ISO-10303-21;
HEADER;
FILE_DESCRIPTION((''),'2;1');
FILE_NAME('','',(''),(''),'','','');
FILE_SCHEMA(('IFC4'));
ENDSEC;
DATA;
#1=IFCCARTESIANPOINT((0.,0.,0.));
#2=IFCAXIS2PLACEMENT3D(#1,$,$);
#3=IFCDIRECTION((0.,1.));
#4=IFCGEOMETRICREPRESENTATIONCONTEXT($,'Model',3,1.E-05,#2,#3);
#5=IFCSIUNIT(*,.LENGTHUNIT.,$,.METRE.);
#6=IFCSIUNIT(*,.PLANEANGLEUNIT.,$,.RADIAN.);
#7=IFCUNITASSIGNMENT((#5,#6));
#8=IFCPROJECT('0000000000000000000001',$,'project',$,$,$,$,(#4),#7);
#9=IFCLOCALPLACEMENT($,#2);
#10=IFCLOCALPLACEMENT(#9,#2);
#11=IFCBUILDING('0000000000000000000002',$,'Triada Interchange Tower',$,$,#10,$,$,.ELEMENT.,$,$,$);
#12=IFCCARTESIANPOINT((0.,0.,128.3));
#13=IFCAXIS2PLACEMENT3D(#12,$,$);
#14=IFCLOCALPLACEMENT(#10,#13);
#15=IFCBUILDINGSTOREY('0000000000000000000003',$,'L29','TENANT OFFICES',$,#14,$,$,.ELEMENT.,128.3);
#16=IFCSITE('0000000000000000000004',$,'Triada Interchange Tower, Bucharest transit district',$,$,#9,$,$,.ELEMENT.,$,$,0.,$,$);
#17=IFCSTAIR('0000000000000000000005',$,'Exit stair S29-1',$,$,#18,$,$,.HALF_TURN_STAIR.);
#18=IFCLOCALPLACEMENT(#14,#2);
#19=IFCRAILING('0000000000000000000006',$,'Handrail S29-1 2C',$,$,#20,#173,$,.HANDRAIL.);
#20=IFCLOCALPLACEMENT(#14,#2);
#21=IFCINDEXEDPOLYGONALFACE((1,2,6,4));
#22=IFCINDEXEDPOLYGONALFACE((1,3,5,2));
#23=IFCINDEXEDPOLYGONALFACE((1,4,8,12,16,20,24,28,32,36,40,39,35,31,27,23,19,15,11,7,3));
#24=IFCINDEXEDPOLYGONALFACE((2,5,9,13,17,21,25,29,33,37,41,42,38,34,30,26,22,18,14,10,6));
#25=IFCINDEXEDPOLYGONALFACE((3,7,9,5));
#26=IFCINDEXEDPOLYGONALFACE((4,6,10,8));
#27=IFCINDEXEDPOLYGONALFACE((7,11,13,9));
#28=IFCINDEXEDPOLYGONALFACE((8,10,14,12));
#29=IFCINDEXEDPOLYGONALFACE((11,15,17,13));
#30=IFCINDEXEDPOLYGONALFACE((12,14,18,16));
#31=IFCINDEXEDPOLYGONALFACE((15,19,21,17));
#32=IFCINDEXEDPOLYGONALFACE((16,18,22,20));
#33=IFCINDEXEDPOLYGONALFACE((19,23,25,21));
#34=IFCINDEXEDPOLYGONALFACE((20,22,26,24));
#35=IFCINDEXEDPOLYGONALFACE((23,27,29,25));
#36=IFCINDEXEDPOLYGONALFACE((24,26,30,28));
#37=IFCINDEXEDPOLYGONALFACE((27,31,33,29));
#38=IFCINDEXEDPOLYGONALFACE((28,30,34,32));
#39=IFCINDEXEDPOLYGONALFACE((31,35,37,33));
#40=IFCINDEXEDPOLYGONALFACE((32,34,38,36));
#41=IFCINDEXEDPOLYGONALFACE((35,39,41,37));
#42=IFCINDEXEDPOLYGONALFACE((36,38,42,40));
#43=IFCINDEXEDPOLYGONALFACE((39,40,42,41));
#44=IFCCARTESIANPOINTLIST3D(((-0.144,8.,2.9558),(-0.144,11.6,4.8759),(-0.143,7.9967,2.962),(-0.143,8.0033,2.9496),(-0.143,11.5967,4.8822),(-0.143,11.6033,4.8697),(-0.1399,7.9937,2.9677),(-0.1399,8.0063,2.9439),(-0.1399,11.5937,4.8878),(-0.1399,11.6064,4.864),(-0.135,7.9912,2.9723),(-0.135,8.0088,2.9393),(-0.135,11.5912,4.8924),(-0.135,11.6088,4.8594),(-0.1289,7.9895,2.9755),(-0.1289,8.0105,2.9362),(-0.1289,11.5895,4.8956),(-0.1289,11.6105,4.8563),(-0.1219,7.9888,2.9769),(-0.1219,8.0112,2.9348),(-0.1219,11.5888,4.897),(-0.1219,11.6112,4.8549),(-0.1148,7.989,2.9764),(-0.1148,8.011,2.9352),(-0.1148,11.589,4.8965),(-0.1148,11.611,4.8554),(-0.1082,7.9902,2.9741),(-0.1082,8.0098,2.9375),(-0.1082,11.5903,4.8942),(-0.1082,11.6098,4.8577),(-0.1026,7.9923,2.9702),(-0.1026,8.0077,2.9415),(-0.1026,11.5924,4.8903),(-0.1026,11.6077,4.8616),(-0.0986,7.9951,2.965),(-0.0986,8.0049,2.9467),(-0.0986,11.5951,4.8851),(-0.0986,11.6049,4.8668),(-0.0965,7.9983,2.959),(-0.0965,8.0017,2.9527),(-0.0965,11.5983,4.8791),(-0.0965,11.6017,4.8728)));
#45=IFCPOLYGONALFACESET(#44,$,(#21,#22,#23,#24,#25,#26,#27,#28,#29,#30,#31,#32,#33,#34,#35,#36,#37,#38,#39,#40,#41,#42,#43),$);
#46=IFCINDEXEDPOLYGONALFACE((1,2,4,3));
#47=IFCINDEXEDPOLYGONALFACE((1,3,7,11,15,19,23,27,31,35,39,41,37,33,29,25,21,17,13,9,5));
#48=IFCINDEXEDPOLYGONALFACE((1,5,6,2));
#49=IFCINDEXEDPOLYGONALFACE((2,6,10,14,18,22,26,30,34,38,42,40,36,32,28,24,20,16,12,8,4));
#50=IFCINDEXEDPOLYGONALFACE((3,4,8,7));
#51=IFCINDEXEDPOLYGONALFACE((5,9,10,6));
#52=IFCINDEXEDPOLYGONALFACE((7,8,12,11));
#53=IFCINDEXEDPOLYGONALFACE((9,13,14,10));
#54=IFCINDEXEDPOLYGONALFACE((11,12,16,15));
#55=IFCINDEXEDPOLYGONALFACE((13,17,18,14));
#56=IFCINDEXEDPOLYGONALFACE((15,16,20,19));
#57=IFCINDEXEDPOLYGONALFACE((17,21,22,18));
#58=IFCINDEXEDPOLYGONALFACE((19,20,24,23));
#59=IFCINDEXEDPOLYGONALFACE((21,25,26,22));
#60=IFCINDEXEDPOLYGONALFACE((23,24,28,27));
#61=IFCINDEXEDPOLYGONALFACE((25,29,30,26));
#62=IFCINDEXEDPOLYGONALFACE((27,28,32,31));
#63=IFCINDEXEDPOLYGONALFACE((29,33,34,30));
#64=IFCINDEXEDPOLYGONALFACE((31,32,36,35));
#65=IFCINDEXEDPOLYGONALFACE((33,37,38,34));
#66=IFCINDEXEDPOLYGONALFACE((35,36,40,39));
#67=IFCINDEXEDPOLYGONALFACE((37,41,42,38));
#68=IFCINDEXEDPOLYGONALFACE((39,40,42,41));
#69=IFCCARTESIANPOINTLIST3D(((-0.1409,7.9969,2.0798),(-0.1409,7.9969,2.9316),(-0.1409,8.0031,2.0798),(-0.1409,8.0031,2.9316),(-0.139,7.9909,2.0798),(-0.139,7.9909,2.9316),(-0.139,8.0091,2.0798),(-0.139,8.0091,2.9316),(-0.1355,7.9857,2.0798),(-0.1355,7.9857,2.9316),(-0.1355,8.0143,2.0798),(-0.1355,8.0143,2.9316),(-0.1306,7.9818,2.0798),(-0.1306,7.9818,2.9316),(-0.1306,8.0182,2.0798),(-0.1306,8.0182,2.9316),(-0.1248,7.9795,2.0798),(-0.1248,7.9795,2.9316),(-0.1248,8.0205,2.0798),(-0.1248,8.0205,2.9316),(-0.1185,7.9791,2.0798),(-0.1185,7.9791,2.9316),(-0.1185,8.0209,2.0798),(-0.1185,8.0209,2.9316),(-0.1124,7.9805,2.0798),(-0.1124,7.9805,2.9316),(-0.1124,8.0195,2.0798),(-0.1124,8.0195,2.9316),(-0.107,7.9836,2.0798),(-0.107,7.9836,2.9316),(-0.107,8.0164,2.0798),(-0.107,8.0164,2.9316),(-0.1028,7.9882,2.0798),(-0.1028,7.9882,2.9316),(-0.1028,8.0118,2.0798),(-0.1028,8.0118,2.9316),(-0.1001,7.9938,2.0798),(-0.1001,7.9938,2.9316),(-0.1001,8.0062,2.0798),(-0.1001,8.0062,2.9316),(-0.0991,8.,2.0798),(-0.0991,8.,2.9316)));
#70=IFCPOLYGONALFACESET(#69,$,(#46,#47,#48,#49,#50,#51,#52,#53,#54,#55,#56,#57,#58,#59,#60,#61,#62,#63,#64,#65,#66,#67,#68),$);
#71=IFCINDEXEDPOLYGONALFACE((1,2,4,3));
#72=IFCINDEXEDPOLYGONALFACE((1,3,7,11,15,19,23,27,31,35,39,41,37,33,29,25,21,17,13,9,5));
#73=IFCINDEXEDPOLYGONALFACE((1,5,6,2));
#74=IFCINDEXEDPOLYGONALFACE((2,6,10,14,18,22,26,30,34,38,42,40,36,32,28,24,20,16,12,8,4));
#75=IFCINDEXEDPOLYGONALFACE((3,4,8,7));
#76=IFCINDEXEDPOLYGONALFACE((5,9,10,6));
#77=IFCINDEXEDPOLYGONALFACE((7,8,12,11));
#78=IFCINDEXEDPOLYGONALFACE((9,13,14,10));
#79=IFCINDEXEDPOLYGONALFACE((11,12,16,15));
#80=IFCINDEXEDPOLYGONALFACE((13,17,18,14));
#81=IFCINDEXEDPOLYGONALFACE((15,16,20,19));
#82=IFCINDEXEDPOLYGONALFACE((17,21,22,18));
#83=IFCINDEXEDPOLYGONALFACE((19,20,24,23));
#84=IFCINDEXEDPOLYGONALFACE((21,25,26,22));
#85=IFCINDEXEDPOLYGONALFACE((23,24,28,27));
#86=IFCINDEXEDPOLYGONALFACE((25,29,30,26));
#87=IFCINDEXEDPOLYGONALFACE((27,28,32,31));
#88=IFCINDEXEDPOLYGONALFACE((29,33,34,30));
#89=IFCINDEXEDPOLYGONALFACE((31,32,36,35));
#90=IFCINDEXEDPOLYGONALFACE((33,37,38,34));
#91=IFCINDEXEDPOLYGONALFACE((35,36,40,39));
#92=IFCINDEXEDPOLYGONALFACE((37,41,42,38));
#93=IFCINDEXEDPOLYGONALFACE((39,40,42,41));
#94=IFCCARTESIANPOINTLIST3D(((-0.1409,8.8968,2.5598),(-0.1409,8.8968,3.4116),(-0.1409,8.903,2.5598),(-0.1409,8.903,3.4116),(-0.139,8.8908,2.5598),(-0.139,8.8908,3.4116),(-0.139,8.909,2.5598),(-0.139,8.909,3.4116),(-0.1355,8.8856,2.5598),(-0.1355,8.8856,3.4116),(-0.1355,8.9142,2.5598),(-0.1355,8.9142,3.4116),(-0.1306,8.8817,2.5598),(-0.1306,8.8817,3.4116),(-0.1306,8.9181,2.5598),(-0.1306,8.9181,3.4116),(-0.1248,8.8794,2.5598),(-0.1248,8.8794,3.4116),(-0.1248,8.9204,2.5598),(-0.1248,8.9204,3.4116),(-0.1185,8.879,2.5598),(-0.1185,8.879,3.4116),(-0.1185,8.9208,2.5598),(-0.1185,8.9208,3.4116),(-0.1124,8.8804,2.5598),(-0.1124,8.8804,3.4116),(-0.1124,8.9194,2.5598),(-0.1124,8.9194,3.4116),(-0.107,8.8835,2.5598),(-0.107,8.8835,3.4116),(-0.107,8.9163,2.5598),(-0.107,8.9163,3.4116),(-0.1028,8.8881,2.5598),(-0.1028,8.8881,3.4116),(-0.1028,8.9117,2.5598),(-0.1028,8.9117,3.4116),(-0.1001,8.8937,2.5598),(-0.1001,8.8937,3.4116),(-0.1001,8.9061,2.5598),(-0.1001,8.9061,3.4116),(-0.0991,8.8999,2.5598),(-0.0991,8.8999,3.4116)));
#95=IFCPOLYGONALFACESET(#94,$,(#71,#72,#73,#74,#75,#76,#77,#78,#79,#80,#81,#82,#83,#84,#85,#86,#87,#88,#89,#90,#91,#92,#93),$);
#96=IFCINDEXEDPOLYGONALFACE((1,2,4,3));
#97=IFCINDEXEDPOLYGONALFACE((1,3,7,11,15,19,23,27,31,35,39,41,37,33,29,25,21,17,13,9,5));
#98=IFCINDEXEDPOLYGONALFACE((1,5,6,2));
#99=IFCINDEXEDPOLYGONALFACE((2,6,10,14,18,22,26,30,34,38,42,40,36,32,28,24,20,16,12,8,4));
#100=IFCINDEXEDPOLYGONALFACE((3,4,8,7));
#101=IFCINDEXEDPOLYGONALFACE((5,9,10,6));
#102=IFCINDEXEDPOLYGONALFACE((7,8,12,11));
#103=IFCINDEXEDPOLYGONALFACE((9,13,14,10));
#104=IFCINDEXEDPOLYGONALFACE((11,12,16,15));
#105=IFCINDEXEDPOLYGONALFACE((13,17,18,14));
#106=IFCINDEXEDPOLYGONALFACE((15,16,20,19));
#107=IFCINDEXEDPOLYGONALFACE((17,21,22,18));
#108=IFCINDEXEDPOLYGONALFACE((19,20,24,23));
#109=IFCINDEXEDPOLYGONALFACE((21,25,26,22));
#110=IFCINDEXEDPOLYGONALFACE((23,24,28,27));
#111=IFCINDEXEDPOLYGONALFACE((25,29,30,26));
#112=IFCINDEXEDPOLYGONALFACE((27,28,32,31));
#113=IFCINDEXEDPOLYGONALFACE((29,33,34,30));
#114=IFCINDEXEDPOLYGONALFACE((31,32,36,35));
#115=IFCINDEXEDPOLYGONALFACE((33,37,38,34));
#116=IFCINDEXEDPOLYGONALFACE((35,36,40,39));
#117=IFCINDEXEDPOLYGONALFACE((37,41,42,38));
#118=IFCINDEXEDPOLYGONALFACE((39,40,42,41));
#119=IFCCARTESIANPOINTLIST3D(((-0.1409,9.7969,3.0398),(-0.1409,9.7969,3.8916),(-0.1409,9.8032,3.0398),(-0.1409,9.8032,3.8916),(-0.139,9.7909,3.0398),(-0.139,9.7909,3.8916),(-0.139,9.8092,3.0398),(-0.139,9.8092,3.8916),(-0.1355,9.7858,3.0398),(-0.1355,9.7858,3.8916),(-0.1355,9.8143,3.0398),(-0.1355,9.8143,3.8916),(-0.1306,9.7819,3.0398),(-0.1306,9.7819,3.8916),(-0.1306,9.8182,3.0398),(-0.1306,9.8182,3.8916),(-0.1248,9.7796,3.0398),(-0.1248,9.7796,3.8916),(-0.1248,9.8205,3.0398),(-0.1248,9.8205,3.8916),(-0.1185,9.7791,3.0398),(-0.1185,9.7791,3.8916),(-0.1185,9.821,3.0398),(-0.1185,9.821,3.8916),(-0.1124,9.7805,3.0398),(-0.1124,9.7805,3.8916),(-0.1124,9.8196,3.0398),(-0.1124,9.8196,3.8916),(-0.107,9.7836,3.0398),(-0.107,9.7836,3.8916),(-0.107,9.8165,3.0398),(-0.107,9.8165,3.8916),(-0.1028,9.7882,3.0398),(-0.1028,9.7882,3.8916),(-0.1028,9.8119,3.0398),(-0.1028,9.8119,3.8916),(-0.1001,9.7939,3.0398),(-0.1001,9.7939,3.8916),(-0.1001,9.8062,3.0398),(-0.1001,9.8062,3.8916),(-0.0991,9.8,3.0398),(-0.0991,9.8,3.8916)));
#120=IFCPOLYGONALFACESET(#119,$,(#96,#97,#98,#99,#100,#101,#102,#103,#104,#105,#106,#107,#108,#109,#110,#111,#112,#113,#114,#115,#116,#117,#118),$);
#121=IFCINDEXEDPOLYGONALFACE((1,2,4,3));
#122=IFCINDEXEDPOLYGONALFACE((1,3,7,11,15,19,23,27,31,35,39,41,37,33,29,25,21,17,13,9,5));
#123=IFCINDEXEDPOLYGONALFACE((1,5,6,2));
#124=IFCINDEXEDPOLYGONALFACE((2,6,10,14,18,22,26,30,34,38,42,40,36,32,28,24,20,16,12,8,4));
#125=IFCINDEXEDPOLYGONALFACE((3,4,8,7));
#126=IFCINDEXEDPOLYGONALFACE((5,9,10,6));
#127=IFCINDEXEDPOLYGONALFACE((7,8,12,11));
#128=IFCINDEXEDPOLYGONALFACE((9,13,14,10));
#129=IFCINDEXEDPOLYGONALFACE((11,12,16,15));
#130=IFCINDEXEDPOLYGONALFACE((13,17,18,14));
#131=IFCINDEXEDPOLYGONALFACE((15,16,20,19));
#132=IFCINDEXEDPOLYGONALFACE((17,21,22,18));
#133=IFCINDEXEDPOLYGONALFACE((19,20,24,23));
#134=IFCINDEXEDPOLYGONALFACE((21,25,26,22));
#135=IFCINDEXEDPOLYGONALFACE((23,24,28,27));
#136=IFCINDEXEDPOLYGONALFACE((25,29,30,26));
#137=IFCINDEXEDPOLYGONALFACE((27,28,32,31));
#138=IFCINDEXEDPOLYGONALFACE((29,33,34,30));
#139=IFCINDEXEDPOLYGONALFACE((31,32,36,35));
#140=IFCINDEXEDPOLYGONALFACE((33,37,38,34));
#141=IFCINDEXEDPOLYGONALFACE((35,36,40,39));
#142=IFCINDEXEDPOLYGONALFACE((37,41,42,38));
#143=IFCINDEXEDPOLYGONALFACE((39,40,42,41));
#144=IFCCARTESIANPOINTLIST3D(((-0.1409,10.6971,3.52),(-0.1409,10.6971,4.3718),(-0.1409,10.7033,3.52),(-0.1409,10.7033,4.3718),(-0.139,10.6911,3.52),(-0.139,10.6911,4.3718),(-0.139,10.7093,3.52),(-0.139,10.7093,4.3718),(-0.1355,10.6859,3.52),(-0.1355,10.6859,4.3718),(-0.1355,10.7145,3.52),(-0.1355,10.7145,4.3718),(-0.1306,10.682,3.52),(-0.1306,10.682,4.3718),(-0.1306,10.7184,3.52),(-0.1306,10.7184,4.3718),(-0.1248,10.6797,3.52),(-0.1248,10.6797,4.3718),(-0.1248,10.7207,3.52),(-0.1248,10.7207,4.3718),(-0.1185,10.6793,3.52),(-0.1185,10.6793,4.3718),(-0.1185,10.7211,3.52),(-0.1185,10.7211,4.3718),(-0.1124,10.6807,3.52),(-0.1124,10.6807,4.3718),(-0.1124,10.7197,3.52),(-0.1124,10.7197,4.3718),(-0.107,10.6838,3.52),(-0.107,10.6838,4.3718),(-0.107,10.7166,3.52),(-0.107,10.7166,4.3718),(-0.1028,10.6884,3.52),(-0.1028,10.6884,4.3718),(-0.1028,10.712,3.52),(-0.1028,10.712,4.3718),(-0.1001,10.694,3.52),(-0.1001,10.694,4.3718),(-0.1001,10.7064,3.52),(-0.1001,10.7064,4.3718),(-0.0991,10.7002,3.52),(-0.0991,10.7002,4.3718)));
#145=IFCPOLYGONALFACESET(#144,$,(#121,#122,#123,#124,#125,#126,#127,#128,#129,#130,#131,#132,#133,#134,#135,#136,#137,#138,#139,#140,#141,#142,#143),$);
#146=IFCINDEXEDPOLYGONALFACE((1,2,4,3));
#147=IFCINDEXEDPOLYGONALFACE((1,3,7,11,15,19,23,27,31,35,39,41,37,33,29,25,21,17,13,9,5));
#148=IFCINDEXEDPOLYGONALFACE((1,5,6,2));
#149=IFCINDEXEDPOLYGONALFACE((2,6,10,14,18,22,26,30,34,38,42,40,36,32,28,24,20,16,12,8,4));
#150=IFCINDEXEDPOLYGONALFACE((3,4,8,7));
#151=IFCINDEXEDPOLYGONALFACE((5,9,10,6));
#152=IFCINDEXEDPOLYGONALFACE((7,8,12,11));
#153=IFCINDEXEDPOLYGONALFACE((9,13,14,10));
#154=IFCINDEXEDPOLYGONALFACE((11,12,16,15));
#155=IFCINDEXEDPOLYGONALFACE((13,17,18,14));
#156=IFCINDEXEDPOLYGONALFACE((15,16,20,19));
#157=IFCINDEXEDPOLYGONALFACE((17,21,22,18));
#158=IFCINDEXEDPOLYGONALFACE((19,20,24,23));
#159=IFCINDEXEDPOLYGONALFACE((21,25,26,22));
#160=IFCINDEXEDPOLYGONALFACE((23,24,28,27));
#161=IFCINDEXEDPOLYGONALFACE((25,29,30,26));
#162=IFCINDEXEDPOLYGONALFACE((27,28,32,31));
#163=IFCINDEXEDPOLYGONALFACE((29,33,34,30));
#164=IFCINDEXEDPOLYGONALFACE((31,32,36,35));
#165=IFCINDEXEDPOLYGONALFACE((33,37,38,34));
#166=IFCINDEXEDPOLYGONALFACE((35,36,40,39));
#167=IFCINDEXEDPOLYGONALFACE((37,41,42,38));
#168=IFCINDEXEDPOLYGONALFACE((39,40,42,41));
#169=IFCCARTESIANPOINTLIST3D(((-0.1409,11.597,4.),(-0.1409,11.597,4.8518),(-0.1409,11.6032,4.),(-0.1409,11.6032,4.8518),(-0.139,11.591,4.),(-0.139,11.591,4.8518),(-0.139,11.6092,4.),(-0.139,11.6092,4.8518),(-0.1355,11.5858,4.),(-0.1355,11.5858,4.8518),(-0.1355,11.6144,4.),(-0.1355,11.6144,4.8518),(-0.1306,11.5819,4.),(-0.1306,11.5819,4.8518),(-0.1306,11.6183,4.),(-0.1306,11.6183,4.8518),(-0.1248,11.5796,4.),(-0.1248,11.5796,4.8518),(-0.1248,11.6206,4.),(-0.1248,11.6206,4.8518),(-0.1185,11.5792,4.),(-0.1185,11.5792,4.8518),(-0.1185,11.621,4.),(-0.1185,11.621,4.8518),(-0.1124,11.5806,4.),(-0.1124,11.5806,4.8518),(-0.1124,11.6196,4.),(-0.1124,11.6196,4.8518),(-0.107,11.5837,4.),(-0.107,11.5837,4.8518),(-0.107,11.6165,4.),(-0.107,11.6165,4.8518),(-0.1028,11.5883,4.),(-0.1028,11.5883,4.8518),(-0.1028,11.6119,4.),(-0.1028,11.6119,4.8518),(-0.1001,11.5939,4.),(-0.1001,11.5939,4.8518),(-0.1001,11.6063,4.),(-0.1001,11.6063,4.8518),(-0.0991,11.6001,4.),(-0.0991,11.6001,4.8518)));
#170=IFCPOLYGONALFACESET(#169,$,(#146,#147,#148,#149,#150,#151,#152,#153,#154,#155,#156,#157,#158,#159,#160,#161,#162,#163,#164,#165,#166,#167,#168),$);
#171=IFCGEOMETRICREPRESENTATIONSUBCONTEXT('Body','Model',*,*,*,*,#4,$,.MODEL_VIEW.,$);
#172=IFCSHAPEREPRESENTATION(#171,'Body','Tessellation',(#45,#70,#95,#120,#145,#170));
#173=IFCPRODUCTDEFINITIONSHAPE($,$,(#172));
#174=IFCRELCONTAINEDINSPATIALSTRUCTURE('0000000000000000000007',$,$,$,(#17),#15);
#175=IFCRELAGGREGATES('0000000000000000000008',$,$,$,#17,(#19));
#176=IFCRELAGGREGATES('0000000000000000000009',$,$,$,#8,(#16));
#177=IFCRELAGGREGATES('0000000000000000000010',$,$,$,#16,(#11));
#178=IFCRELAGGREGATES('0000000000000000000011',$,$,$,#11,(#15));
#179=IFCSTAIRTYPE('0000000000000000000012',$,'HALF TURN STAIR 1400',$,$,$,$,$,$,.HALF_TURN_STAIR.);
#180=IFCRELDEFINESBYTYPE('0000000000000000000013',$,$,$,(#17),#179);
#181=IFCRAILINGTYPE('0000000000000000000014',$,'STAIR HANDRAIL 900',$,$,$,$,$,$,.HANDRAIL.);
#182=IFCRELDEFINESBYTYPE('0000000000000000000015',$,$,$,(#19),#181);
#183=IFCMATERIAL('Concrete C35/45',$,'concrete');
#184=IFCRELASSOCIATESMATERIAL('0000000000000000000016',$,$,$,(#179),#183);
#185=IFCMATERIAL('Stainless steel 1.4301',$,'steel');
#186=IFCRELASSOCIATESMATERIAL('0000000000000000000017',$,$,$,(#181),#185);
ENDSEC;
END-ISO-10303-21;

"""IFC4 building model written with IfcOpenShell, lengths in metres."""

from ifc_helpers import new_model, si_unit, direction, frame, origin, origin_2d, place, context, subcontext, project, spatial, circle, extrude, material, type_object, element, aggregate, save


model = new_model("IFC4")

# Units and contexts
model_context = context("Model", 3, precision=1e-05, world=origin(), true_north=direction((0.0, 1.0)))
body_context = subcontext(model_context, "Body", "Model", "MODEL_VIEW")
ifc_project = project(units=[si_unit("LENGTHUNIT", "METRE"), si_unit("PLANEANGLEUNIT", "RADIAN")], contexts=[model_context])

# Site, building, storey
site_placement = place(None, origin())
site = spatial("IfcSite", under=ifc_project, at=site_placement, Name="Triada Interchange Tower, Bucharest transit district", CompositionType="ELEMENT", RefElevation=0.0)
building_placement = place(site_placement, origin())
building = spatial("IfcBuilding", under=site, at=building_placement, Name="Triada Interchange Tower", CompositionType="ELEMENT")
storey_placement = place(building_placement, frame((0.0, 0.0, 128.3)))
storey = spatial("IfcBuildingStorey", under=building, at=storey_placement, Name="L29", Description="TENANT OFFICES", CompositionType="ELEMENT", Elevation=128.3)

# Stair, railing
ifc_material_1 = material(Name="Concrete C35/45", Category="concrete")
stair_type = type_object("IfcStairType", Name="HALF TURN STAIR 1400", PredefinedType="HALF_TURN_STAIR", material=ifc_material_1)
stair_placement = place(storey_placement, origin())
stair = element("IfcStair", 1, at=stair_placement, inside=storey, type_object=stair_type, Name="Exit stair S29-1", PredefinedType="HALF_TURN_STAIR")
ifc_material_2 = material(Name="Stainless steel 1.4301", Category="steel")
railing_type = type_object("IfcRailingType", Name="STAIR HANDRAIL 900", PredefinedType="HANDRAIL", material=ifc_material_2)
railing_1_placement = place(storey_placement, frame((-0.1201, 8.0, 2.0798)))
railing_1 = element("IfcRailing", 2, at=railing_1_placement, type_object=railing_type, Name="Handrail S29-1 2C", PredefinedType="HANDRAIL", context=body_context, shape_type="SweptSolid", body=[
    extrude(circle(Radius=0.0239, at=origin_2d()), frame((0.0, 0.0, 0.876), z_axis=(0.0, 0.882341, 0.47061), x_axis=(-1.0, 0.0, 0.0)), (0.0, 0.0, 1.0), 4.0801),
    extrude(circle(Radius=0.021, at=origin_2d()), origin(), (0.0, 0.0, 1.0), 0.8518),
    extrude(circle(Radius=0.021, at=origin_2d()), frame((0.0, 0.8999, 0.48)), (0.0, 0.0, 1.0), 0.8518),
    extrude(circle(Radius=0.021, at=origin_2d()), frame((0.0, 1.8, 0.96)), (0.0, 0.0, 1.0), 0.8518),
    extrude(circle(Radius=0.021, at=origin_2d()), frame((0.0, 2.7002, 1.4402)), (0.0, 0.0, 1.0), 0.8518),
    extrude(circle(Radius=0.021, at=origin_2d()), frame((0.0, 3.6001, 1.9202)), (0.0, 0.0, 1.0), 0.8518),
])
aggregate(stair, [railing_1])

save(model, "model.ifc")
